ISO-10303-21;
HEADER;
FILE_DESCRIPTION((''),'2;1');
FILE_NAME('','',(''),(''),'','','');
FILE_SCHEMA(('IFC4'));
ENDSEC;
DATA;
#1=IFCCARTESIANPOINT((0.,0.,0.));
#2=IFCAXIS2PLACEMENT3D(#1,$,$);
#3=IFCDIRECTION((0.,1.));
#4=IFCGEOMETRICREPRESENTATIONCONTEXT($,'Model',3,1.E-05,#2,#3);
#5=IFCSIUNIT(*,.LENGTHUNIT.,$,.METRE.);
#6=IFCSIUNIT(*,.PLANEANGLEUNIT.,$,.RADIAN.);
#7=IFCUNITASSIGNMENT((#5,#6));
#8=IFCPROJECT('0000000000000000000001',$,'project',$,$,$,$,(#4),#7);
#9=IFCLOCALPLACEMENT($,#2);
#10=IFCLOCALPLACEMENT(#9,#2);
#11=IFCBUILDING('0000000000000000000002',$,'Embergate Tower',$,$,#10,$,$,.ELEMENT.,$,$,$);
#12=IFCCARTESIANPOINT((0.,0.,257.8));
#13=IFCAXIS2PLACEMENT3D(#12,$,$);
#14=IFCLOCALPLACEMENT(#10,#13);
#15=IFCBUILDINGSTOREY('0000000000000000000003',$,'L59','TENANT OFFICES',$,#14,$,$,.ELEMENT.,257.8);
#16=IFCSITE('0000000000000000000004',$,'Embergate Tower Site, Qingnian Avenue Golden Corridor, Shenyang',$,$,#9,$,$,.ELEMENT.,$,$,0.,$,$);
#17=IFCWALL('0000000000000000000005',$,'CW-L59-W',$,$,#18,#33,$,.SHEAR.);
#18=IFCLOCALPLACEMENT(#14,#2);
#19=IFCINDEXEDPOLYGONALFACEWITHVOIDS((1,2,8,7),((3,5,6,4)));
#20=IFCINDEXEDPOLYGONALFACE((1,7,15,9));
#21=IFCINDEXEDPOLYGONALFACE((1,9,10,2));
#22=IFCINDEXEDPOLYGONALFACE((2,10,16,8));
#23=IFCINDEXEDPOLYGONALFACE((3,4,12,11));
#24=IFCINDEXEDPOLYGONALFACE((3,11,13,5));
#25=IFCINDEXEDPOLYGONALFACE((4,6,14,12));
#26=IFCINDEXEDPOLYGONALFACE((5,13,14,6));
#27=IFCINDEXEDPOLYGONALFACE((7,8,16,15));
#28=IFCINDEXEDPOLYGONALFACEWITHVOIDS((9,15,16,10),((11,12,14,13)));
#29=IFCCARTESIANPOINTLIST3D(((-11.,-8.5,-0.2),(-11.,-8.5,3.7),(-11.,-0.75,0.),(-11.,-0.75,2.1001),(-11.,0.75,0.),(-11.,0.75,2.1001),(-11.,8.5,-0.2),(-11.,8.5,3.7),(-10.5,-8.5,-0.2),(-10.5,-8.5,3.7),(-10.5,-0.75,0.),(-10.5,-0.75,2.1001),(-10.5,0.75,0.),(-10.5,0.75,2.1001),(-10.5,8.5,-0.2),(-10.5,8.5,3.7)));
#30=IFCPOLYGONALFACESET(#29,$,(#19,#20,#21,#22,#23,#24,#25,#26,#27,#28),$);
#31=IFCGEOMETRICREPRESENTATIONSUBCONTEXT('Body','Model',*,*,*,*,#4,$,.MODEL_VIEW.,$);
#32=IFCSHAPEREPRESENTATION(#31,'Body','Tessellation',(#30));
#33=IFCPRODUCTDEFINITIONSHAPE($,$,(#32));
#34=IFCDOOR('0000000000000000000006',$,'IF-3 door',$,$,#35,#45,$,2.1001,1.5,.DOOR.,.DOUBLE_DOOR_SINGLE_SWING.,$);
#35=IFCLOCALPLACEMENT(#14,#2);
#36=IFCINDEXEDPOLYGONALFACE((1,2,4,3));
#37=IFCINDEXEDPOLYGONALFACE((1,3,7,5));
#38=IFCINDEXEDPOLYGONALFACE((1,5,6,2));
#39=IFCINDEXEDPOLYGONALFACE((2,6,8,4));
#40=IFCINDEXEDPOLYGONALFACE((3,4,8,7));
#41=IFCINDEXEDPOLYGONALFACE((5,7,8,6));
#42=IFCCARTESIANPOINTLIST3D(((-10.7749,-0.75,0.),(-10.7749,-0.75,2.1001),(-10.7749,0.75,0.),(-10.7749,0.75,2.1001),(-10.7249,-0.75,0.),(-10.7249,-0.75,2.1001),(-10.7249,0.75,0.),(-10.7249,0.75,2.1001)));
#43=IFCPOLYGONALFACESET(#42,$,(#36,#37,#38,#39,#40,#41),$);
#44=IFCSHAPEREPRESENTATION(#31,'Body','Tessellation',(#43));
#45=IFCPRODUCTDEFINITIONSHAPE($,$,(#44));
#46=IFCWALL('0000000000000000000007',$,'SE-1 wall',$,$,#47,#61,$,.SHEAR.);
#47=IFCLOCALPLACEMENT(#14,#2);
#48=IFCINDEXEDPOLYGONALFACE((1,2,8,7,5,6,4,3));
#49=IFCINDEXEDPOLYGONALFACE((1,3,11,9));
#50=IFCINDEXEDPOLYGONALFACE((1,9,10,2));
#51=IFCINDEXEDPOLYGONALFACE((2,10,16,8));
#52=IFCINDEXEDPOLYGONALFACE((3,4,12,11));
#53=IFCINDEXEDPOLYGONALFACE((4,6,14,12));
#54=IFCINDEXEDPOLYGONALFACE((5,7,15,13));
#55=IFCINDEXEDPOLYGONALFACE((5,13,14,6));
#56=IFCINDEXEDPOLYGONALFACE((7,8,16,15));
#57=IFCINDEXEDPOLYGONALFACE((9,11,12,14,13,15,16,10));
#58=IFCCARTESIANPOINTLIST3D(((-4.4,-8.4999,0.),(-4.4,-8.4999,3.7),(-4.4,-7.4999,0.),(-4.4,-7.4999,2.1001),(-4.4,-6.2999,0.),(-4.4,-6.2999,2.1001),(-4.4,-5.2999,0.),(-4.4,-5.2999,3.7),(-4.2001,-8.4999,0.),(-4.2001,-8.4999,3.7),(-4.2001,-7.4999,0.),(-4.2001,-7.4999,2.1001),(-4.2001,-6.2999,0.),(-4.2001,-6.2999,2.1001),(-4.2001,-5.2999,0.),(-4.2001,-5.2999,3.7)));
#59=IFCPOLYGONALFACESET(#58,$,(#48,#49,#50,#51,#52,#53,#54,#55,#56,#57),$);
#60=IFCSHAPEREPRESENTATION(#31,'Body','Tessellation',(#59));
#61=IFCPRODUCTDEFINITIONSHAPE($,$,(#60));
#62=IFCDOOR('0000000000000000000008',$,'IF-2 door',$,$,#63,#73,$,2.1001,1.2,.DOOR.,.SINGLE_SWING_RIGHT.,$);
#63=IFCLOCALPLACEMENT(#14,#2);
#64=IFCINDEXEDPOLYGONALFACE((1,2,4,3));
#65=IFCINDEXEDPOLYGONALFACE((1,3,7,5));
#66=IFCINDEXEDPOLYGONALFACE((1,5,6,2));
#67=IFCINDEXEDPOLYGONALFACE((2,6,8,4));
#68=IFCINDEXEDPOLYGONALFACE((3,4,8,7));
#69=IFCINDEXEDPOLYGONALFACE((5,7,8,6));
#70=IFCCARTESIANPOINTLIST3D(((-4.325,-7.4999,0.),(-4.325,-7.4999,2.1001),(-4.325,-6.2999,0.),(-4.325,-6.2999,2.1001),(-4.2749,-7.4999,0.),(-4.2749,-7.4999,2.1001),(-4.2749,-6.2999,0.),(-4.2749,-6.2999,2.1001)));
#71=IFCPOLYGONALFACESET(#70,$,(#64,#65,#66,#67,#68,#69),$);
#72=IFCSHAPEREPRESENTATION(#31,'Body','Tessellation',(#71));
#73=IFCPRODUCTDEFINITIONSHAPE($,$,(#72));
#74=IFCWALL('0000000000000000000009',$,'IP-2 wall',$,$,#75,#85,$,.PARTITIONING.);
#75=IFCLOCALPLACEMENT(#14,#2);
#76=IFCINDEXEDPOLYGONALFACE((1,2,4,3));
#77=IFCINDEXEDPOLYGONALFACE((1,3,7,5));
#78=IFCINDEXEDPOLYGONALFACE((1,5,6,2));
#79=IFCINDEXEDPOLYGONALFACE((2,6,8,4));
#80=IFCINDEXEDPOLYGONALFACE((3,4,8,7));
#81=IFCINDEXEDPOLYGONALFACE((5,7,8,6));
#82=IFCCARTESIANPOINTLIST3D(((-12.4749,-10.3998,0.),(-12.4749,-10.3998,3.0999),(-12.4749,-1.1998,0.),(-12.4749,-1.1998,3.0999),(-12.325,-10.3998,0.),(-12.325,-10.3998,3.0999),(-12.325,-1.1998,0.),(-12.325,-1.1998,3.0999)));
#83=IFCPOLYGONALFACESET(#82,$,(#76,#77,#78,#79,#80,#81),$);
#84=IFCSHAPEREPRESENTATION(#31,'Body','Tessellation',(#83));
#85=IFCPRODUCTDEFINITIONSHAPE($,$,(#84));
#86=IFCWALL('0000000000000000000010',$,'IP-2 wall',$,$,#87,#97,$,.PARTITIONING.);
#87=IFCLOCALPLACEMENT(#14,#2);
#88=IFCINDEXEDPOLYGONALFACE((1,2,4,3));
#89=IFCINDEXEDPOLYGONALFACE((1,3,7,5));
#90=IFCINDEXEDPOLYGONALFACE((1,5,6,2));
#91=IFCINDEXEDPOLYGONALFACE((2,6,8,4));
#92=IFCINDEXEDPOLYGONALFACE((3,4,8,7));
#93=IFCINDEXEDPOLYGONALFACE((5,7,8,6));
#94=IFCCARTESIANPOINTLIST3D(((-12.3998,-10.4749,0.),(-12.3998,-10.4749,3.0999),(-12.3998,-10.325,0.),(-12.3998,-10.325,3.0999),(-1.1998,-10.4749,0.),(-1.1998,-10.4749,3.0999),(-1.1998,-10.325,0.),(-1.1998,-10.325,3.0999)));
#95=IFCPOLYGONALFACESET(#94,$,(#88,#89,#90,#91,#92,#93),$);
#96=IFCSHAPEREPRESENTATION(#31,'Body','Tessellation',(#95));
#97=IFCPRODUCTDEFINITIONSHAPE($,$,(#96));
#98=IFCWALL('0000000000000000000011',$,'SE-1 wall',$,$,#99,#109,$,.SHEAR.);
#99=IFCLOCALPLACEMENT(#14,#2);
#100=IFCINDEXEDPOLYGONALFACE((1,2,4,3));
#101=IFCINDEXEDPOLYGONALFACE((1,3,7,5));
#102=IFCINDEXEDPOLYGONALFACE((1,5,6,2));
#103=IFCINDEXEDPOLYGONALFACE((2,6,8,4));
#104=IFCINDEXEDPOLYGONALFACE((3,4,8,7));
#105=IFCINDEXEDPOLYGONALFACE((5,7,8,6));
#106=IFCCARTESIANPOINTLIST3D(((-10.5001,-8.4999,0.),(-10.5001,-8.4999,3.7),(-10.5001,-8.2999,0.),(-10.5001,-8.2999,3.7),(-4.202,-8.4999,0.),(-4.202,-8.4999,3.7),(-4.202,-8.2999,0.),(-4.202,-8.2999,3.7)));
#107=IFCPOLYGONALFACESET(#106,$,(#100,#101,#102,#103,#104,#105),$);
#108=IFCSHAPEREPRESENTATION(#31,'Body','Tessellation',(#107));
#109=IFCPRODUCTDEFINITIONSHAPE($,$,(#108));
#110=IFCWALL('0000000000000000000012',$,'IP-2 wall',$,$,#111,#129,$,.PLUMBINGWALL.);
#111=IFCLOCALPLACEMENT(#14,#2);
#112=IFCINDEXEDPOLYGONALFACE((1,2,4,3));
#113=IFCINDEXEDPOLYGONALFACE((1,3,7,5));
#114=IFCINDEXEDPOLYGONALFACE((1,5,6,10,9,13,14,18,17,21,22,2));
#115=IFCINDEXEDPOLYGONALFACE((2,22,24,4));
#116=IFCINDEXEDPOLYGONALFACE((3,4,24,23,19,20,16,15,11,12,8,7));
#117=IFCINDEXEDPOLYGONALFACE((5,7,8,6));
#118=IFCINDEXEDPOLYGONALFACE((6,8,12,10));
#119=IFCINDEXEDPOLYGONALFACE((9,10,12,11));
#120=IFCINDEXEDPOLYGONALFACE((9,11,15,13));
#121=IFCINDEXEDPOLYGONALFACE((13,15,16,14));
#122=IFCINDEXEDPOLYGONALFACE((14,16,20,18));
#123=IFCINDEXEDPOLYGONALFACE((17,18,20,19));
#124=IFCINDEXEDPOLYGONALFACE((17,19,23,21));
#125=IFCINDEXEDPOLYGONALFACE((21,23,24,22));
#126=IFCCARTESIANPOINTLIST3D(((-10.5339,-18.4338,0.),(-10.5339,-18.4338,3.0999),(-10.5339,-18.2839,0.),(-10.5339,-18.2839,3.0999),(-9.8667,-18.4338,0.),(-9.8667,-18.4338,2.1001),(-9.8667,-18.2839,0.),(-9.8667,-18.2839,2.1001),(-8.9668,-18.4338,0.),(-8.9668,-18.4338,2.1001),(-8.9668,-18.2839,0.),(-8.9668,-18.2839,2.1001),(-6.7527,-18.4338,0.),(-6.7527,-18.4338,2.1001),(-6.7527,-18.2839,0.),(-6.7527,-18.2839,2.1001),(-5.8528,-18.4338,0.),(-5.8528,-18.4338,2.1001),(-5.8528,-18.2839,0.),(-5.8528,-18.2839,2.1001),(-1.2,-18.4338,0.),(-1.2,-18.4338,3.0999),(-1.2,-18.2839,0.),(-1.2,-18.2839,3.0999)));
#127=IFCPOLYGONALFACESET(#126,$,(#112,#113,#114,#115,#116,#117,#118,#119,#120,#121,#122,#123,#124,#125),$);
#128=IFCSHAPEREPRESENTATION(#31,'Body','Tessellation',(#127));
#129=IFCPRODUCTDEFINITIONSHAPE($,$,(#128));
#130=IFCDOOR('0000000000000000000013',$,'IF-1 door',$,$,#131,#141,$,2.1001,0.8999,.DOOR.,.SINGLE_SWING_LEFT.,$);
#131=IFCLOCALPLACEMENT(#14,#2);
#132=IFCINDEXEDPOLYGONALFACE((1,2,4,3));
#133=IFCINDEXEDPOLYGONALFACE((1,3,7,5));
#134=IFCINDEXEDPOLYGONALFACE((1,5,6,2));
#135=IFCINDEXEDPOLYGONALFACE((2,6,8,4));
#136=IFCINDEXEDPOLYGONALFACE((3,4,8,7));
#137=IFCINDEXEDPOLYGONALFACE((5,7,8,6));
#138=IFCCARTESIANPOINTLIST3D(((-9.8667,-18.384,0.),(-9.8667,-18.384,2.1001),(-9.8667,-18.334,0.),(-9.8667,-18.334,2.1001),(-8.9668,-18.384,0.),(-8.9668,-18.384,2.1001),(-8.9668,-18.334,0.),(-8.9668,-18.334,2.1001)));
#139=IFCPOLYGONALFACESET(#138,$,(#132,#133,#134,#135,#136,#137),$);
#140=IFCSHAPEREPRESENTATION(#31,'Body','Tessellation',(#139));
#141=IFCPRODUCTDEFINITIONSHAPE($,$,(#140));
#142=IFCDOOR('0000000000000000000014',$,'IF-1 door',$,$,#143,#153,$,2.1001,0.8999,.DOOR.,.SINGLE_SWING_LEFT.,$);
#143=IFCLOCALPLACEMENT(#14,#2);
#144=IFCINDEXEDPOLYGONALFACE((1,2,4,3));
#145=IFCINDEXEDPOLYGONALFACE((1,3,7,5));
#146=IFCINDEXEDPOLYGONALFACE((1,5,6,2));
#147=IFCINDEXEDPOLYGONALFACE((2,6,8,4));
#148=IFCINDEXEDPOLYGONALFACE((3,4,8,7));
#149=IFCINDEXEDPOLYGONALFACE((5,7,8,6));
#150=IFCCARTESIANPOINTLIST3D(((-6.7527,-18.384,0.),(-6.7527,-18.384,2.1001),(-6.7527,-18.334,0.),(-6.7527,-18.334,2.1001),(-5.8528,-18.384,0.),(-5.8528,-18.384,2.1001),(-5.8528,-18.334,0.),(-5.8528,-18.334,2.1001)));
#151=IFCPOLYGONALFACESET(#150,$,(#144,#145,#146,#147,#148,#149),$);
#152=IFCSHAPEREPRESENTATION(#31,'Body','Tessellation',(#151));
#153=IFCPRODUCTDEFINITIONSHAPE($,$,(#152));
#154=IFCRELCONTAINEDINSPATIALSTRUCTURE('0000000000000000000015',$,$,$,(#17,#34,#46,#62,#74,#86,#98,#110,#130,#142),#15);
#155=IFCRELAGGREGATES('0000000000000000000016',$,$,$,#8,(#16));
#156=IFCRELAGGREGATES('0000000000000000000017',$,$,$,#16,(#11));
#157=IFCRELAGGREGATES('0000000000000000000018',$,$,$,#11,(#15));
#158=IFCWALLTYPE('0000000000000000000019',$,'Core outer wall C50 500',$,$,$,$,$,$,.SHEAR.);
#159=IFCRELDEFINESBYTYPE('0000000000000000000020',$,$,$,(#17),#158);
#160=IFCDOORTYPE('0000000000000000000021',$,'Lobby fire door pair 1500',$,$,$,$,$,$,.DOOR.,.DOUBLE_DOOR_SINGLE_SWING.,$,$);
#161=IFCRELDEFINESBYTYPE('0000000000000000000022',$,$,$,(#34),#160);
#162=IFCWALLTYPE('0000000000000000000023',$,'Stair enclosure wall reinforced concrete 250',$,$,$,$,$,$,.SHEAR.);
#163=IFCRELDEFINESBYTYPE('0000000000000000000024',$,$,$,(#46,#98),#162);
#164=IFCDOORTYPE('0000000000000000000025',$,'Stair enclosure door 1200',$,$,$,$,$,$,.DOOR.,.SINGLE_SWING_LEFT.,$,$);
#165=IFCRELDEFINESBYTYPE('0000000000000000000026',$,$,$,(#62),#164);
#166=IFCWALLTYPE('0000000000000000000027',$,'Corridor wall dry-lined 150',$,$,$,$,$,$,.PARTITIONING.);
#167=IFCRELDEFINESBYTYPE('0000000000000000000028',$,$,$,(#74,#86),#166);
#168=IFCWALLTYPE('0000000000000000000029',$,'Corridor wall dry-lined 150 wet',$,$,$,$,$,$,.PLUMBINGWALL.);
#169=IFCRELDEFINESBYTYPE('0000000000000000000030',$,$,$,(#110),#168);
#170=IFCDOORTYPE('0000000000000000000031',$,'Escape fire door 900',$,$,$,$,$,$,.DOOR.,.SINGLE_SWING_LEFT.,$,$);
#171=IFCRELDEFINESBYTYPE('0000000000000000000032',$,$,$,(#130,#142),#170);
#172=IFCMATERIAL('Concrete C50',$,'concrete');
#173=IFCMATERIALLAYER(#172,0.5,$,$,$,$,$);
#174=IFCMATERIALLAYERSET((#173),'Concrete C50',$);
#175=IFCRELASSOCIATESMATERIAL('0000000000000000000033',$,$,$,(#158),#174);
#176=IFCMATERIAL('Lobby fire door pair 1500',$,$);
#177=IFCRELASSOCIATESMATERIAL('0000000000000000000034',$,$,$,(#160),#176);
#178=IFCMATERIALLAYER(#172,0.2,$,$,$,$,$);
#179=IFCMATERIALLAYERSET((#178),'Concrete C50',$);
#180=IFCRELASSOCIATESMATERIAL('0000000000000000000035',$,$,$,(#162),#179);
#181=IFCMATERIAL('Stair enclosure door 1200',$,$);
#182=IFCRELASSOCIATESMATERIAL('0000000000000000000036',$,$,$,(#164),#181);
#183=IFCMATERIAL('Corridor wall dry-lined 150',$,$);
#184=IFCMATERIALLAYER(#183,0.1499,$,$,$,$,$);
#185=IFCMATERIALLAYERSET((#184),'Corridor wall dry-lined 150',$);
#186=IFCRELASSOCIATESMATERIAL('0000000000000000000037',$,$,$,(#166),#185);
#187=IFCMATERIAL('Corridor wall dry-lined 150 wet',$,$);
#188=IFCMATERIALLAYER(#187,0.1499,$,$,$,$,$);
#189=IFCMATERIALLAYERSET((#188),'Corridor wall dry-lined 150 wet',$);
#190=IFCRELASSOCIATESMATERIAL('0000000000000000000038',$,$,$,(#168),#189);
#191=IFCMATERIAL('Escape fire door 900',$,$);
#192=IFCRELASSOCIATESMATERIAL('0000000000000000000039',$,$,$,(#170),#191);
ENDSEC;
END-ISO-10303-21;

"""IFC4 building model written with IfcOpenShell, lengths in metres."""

from ifc_helpers import new_model, si_unit, direction, frame, frame_2d, origin, place, context, subcontext, project, spatial, rectangle, extrude, source, transform, mapped, material, layer, layer_set, type_object, element, fill, save


model = new_model("IFC4")

# Units and contexts
model_context = context("Model", 3, precision=1e-05, world=origin(), true_north=direction((0.0, 1.0)))
body_context = subcontext(model_context, "Body", "Model", "MODEL_VIEW")
ifc_project = project(units=[si_unit("LENGTHUNIT", "METRE"), si_unit("PLANEANGLEUNIT", "RADIAN")], contexts=[model_context])

# Site, building, storey
site_placement = place(None, origin())
site = spatial("IfcSite", under=ifc_project, at=site_placement, Name="Embergate Tower Site, Qingnian Avenue Golden Corridor, Shenyang", CompositionType="ELEMENT", RefElevation=0.0)
building_placement = place(site_placement, origin())
building = spatial("IfcBuilding", under=site, at=building_placement, Name="Embergate Tower", CompositionType="ELEMENT")
storey_placement = place(building_placement, frame((0.0, 0.0, 257.8)))
storey = spatial("IfcBuildingStorey", under=building, at=storey_placement, Name="L59", Description="TENANT OFFICES", CompositionType="ELEMENT", Elevation=257.8)

# Shared definitions
ifc_material_1 = material(Name="Concrete C50", Category="concrete")
ifc_layer_1 = layer(ifc_material_1, 0.5)
ifc_layer_set_1 = layer_set([ifc_layer_1], Name="Concrete C50")
wall_type_1 = type_object("IfcWallType", Name="Core outer wall C50 500", PredefinedType="SHEAR", material=ifc_layer_set_1)
shared_shape_1 = source(origin(), body_context, "Body", "SweptSolid", [
    extrude(rectangle(XDim=1.2, YDim=2.1001, at=frame_2d((0.6001, 1.05))), frame((0.0, 0.0249, 0.0), z_axis=(0.0, -1.0, 0.0), x_axis=(1.0, 0.0, 0.0)), (0.0, 0.0, 1.0), 0.05),
])

# Walls, openings, doors
shared_shape_2 = source(origin(), body_context, "Body", "SweptSolid", [
    extrude(rectangle(XDim=17.0, YDim=0.5, at=frame_2d((8.5, 0.0))), origin(), (0.0, 0.0, 1.0), 3.8999),
])
wall_1_placement = place(storey_placement, frame((-10.75, -8.5, -0.2), z_axis=(0.0, 0.0, 1.0), x_axis=(0.0, 1.0, 0.0)))
wall_1 = element("IfcWall", 1, at=wall_1_placement, inside=storey, type_object=wall_type_1, Name="CW-L59-W", PredefinedType="SHEAR", context=body_context, shape_type="MappedRepresentation", body=[
    mapped(shared_shape_2, transform((0.0, 0.0, 0.0))),
])
shared_shape_3 = source(origin(), body_context, "Body", "SweptSolid", [
    extrude(rectangle(XDim=1.5, YDim=2.1001, at=frame_2d((0.75, 1.05))), frame((0.0, 0.26, 0.0), z_axis=(0.0, -1.0, 0.0), x_axis=(1.0, 0.0, 0.0)), (0.0, 0.0, 1.0), 0.52),
])
opening_1_placement = place(wall_1_placement, frame((7.75, 0.0, 0.2)))
opening_1 = element("IfcOpeningElement", 2, at=opening_1_placement, cuts=wall_1, PredefinedType="OPENING", context=body_context, shape_type="MappedRepresentation", body=[
    mapped(shared_shape_3, transform((0.0, 0.0, 0.0))),
])
ifc_material_2 = material(Name="Lobby fire door pair 1500")
door_type_1 = type_object("IfcDoorType", Name="Lobby fire door pair 1500", OperationType="DOUBLE_DOOR_SINGLE_SWING", PredefinedType="DOOR", material=ifc_material_2)
shared_shape_4 = source(origin(), body_context, "Body", "SweptSolid", [
    extrude(rectangle(XDim=1.5, YDim=2.1001, at=frame_2d((0.75, 1.05))), frame((0.0, 0.0249, 0.0), z_axis=(0.0, -1.0, 0.0), x_axis=(1.0, 0.0, 0.0)), (0.0, 0.0, 1.0), 0.05),
])
door_1_placement = place(opening_1_placement, origin())
door_1 = element("IfcDoor", 3, at=door_1_placement, inside=storey, type_object=door_type_1, Name="IF-3 door", OperationType="DOUBLE_DOOR_SINGLE_SWING", OverallHeight=2.1001, OverallWidth=1.5, PredefinedType="DOOR", context=body_context, shape_type="MappedRepresentation", body=[
    mapped(shared_shape_4, transform((0.0, 0.0, 0.0))),
])
fill(opening_1, door_1)
ifc_layer_2 = layer(ifc_material_1, 0.2)
ifc_layer_set_2 = layer_set([ifc_layer_2], Name="Concrete C50")
wall_type_2 = type_object("IfcWallType", Name="Stair enclosure wall reinforced concrete 250", PredefinedType="SHEAR", material=ifc_layer_set_2)
shared_shape_5 = source(origin(), body_context, "Body", "SweptSolid", [
    extrude(rectangle(XDim=3.2, YDim=0.2, at=frame_2d((1.6001, 0.0))), origin(), (0.0, 0.0, 1.0), 3.7),
])
wall_2_placement = place(storey_placement, frame((-4.3, -8.5, 0.0), z_axis=(0.0, 0.0, 1.0), x_axis=(0.0, 1.0, 0.0)))
wall_2 = element("IfcWall", 4, at=wall_2_placement, inside=storey, type_object=wall_type_2, Name="SE-1 wall", PredefinedType="SHEAR", context=body_context, shape_type="MappedRepresentation", body=[
    mapped(shared_shape_5, transform((0.0, 0.0, 0.0))),
])
shared_shape_6 = source(origin(), body_context, "Body", "SweptSolid", [
    extrude(rectangle(XDim=1.2, YDim=2.1001, at=frame_2d((0.6001, 1.05))), frame((0.0, 0.1099, 0.0), z_axis=(0.0, -1.0, 0.0), x_axis=(1.0, 0.0, 0.0)), (0.0, 0.0, 1.0), 0.22),
])
opening_2_placement = place(wall_2_placement, frame((1.0, 0.0, 0.0)))
opening_2 = element("IfcOpeningElement", 5, at=opening_2_placement, cuts=wall_2, PredefinedType="OPENING", context=body_context, shape_type="MappedRepresentation", body=[
    mapped(shared_shape_6, transform((0.0, 0.0, 0.0))),
])
ifc_material_3 = material(Name="Stair enclosure door 1200")
door_type_2 = type_object("IfcDoorType", Name="Stair enclosure door 1200", OperationType="SINGLE_SWING_LEFT", PredefinedType="DOOR", material=ifc_material_3)
door_2_placement = place(opening_2_placement, origin())
door_2 = element("IfcDoor", 6, at=door_2_placement, inside=storey, type_object=door_type_2, Name="IF-2 door", OperationType="SINGLE_SWING_RIGHT", OverallHeight=2.1001, OverallWidth=1.2, PredefinedType="DOOR", context=body_context, shape_type="MappedRepresentation", body=[
    mapped(shared_shape_1, transform((0.0, 0.0, 0.0))),
])
fill(opening_2, door_2)

# Walls
ifc_material_4 = material(Name="Corridor wall dry-lined 150")
ifc_layer_3 = layer(ifc_material_4, 0.1499)
ifc_layer_set_3 = layer_set([ifc_layer_3], Name="Corridor wall dry-lined 150")
wall_type_3 = type_object("IfcWallType", Name="Corridor wall dry-lined 150", PredefinedType="PARTITIONING", material=ifc_layer_set_3)
shared_shape_7 = source(origin(), body_context, "Body", "SweptSolid", [
    extrude(rectangle(XDim=9.2, YDim=0.1499, at=frame_2d((4.6001, 0.0))), origin(), (0.0, 0.0, 1.0), 3.0999),
])
wall_3_placement = place(storey_placement, frame((-12.3999, -10.3999, 0.0), z_axis=(0.0, 0.0, 1.0), x_axis=(0.0, 1.0, 0.0)))
element("IfcWall", 7, at=wall_3_placement, inside=storey, type_object=wall_type_3, Name="IP-2 wall", PredefinedType="PARTITIONING", context=body_context, shape_type="MappedRepresentation", body=[
    mapped(shared_shape_7, transform((0.0, 0.0, 0.0))),
])
shared_shape_8 = source(origin(), body_context, "Body", "SweptSolid", [
    extrude(rectangle(XDim=11.2, YDim=0.1499, at=frame_2d((5.6001, 0.0))), origin(), (0.0, 0.0, 1.0), 3.0999),
])
wall_4_placement = place(storey_placement, frame((-12.3999, -10.3999, 0.0), z_axis=(0.0, 0.0, 1.0), x_axis=(1.0, 0.0, 0.0)))
element("IfcWall", 8, at=wall_4_placement, inside=storey, type_object=wall_type_3, Name="IP-2 wall", PredefinedType="PARTITIONING", context=body_context, shape_type="MappedRepresentation", body=[
    mapped(shared_shape_8, transform((0.0, 0.0, 0.0))),
])
shared_shape_9 = source(origin(), body_context, "Body", "SweptSolid", [
    extrude(rectangle(XDim=6.2981, YDim=0.2, at=frame_2d((3.1489, 0.0))), origin(), (0.0, 0.0, 1.0), 3.7),
])
wall_5_placement = place(storey_placement, frame((-10.5, -8.3999, 0.0), z_axis=(0.0, 0.0, 1.0), x_axis=(1.0, 0.0, 0.0)))
element("IfcWall", 9, at=wall_5_placement, inside=storey, type_object=wall_type_2, Name="SE-1 wall", PredefinedType="SHEAR", context=body_context, shape_type="MappedRepresentation", body=[
    mapped(shared_shape_9, transform((0.0, 0.0, 0.0))),
])

# Wall, openings, doors
ifc_material_5 = material(Name="Corridor wall dry-lined 150 wet")
ifc_layer_4 = layer(ifc_material_5, 0.1499)
ifc_layer_set_4 = layer_set([ifc_layer_4], Name="Corridor wall dry-lined 150 wet")
wall_type_4 = type_object("IfcWallType", Name="Corridor wall dry-lined 150 wet", PredefinedType="PLUMBINGWALL", material=ifc_layer_set_4)
shared_shape_10 = source(origin(), body_context, "Body", "SweptSolid", [
    extrude(rectangle(XDim=9.334, YDim=0.1499, at=frame_2d((4.667, 0.0))), origin(), (0.0, 0.0, 1.0), 3.0999),
])
wall_6_placement = place(storey_placement, frame((-10.5339, -18.3589, 0.0), z_axis=(0.0, 0.0, 1.0), x_axis=(1.0, 0.0, 0.0)))
wall_6 = element("IfcWall", 10, at=wall_6_placement, inside=storey, type_object=wall_type_4, Name="IP-2 wall", PredefinedType="PLUMBINGWALL", context=body_context, shape_type="MappedRepresentation", body=[
    mapped(shared_shape_10, transform((0.0, 0.0, 0.0))),
])
shared_shape_11 = source(origin(), body_context, "Body", "SweptSolid", [
    extrude(rectangle(XDim=0.8999, YDim=2.1001, at=frame_2d((0.45, 1.05))), frame((0.0, 0.085, 0.0), z_axis=(0.0, -1.0, 0.0), x_axis=(1.0, 0.0, 0.0)), (0.0, 0.0, 1.0), 0.1699),
])
opening_3_placement = place(wall_6_placement, frame((0.6672, 0.0, 0.0)))
opening_3 = element("IfcOpeningElement", 11, at=opening_3_placement, cuts=wall_6, PredefinedType="OPENING", context=body_context, shape_type="MappedRepresentation", body=[
    mapped(shared_shape_11, transform((0.0, 0.0, 0.0))),
])
opening_4_placement = place(wall_6_placement, frame((3.7812, 0.0, 0.0)))
opening_4 = element("IfcOpeningElement", 12, at=opening_4_placement, cuts=wall_6, PredefinedType="OPENING", context=body_context, shape_type="MappedRepresentation", body=[
    mapped(shared_shape_11, transform((0.0, 0.0, 0.0))),
])
ifc_material_6 = material(Name="Escape fire door 900")
door_type_3 = type_object("IfcDoorType", Name="Escape fire door 900", OperationType="SINGLE_SWING_LEFT", PredefinedType="DOOR", material=ifc_material_6)
shared_shape_12 = source(origin(), body_context, "Body", "SweptSolid", [
    extrude(rectangle(XDim=0.8999, YDim=2.1001, at=frame_2d((0.45, 1.05))), frame((0.0, 0.0249, 0.0), z_axis=(0.0, -1.0, 0.0), x_axis=(1.0, 0.0, 0.0)), (0.0, 0.0, 1.0), 0.05),
])
door_3_placement = place(opening_3_placement, origin())
door_3 = element("IfcDoor", 13, at=door_3_placement, inside=storey, type_object=door_type_3, Name="IF-1 door", OperationType="SINGLE_SWING_LEFT", OverallHeight=2.1001, OverallWidth=0.8999, PredefinedType="DOOR", context=body_context, shape_type="MappedRepresentation", body=[
    mapped(shared_shape_12, transform((0.0, 0.0, 0.0))),
])
fill(opening_3, door_3)
door_4_placement = place(opening_4_placement, origin())
door_4 = element("IfcDoor", 14, at=door_4_placement, inside=storey, type_object=door_type_3, Name="IF-1 door", OperationType="SINGLE_SWING_LEFT", OverallHeight=2.1001, OverallWidth=0.8999, PredefinedType="DOOR", context=body_context, shape_type="MappedRepresentation", body=[
    mapped(shared_shape_12, transform((0.0, 0.0, 0.0))),
])
fill(opening_4, door_4)

save(model, "model.ifc")
